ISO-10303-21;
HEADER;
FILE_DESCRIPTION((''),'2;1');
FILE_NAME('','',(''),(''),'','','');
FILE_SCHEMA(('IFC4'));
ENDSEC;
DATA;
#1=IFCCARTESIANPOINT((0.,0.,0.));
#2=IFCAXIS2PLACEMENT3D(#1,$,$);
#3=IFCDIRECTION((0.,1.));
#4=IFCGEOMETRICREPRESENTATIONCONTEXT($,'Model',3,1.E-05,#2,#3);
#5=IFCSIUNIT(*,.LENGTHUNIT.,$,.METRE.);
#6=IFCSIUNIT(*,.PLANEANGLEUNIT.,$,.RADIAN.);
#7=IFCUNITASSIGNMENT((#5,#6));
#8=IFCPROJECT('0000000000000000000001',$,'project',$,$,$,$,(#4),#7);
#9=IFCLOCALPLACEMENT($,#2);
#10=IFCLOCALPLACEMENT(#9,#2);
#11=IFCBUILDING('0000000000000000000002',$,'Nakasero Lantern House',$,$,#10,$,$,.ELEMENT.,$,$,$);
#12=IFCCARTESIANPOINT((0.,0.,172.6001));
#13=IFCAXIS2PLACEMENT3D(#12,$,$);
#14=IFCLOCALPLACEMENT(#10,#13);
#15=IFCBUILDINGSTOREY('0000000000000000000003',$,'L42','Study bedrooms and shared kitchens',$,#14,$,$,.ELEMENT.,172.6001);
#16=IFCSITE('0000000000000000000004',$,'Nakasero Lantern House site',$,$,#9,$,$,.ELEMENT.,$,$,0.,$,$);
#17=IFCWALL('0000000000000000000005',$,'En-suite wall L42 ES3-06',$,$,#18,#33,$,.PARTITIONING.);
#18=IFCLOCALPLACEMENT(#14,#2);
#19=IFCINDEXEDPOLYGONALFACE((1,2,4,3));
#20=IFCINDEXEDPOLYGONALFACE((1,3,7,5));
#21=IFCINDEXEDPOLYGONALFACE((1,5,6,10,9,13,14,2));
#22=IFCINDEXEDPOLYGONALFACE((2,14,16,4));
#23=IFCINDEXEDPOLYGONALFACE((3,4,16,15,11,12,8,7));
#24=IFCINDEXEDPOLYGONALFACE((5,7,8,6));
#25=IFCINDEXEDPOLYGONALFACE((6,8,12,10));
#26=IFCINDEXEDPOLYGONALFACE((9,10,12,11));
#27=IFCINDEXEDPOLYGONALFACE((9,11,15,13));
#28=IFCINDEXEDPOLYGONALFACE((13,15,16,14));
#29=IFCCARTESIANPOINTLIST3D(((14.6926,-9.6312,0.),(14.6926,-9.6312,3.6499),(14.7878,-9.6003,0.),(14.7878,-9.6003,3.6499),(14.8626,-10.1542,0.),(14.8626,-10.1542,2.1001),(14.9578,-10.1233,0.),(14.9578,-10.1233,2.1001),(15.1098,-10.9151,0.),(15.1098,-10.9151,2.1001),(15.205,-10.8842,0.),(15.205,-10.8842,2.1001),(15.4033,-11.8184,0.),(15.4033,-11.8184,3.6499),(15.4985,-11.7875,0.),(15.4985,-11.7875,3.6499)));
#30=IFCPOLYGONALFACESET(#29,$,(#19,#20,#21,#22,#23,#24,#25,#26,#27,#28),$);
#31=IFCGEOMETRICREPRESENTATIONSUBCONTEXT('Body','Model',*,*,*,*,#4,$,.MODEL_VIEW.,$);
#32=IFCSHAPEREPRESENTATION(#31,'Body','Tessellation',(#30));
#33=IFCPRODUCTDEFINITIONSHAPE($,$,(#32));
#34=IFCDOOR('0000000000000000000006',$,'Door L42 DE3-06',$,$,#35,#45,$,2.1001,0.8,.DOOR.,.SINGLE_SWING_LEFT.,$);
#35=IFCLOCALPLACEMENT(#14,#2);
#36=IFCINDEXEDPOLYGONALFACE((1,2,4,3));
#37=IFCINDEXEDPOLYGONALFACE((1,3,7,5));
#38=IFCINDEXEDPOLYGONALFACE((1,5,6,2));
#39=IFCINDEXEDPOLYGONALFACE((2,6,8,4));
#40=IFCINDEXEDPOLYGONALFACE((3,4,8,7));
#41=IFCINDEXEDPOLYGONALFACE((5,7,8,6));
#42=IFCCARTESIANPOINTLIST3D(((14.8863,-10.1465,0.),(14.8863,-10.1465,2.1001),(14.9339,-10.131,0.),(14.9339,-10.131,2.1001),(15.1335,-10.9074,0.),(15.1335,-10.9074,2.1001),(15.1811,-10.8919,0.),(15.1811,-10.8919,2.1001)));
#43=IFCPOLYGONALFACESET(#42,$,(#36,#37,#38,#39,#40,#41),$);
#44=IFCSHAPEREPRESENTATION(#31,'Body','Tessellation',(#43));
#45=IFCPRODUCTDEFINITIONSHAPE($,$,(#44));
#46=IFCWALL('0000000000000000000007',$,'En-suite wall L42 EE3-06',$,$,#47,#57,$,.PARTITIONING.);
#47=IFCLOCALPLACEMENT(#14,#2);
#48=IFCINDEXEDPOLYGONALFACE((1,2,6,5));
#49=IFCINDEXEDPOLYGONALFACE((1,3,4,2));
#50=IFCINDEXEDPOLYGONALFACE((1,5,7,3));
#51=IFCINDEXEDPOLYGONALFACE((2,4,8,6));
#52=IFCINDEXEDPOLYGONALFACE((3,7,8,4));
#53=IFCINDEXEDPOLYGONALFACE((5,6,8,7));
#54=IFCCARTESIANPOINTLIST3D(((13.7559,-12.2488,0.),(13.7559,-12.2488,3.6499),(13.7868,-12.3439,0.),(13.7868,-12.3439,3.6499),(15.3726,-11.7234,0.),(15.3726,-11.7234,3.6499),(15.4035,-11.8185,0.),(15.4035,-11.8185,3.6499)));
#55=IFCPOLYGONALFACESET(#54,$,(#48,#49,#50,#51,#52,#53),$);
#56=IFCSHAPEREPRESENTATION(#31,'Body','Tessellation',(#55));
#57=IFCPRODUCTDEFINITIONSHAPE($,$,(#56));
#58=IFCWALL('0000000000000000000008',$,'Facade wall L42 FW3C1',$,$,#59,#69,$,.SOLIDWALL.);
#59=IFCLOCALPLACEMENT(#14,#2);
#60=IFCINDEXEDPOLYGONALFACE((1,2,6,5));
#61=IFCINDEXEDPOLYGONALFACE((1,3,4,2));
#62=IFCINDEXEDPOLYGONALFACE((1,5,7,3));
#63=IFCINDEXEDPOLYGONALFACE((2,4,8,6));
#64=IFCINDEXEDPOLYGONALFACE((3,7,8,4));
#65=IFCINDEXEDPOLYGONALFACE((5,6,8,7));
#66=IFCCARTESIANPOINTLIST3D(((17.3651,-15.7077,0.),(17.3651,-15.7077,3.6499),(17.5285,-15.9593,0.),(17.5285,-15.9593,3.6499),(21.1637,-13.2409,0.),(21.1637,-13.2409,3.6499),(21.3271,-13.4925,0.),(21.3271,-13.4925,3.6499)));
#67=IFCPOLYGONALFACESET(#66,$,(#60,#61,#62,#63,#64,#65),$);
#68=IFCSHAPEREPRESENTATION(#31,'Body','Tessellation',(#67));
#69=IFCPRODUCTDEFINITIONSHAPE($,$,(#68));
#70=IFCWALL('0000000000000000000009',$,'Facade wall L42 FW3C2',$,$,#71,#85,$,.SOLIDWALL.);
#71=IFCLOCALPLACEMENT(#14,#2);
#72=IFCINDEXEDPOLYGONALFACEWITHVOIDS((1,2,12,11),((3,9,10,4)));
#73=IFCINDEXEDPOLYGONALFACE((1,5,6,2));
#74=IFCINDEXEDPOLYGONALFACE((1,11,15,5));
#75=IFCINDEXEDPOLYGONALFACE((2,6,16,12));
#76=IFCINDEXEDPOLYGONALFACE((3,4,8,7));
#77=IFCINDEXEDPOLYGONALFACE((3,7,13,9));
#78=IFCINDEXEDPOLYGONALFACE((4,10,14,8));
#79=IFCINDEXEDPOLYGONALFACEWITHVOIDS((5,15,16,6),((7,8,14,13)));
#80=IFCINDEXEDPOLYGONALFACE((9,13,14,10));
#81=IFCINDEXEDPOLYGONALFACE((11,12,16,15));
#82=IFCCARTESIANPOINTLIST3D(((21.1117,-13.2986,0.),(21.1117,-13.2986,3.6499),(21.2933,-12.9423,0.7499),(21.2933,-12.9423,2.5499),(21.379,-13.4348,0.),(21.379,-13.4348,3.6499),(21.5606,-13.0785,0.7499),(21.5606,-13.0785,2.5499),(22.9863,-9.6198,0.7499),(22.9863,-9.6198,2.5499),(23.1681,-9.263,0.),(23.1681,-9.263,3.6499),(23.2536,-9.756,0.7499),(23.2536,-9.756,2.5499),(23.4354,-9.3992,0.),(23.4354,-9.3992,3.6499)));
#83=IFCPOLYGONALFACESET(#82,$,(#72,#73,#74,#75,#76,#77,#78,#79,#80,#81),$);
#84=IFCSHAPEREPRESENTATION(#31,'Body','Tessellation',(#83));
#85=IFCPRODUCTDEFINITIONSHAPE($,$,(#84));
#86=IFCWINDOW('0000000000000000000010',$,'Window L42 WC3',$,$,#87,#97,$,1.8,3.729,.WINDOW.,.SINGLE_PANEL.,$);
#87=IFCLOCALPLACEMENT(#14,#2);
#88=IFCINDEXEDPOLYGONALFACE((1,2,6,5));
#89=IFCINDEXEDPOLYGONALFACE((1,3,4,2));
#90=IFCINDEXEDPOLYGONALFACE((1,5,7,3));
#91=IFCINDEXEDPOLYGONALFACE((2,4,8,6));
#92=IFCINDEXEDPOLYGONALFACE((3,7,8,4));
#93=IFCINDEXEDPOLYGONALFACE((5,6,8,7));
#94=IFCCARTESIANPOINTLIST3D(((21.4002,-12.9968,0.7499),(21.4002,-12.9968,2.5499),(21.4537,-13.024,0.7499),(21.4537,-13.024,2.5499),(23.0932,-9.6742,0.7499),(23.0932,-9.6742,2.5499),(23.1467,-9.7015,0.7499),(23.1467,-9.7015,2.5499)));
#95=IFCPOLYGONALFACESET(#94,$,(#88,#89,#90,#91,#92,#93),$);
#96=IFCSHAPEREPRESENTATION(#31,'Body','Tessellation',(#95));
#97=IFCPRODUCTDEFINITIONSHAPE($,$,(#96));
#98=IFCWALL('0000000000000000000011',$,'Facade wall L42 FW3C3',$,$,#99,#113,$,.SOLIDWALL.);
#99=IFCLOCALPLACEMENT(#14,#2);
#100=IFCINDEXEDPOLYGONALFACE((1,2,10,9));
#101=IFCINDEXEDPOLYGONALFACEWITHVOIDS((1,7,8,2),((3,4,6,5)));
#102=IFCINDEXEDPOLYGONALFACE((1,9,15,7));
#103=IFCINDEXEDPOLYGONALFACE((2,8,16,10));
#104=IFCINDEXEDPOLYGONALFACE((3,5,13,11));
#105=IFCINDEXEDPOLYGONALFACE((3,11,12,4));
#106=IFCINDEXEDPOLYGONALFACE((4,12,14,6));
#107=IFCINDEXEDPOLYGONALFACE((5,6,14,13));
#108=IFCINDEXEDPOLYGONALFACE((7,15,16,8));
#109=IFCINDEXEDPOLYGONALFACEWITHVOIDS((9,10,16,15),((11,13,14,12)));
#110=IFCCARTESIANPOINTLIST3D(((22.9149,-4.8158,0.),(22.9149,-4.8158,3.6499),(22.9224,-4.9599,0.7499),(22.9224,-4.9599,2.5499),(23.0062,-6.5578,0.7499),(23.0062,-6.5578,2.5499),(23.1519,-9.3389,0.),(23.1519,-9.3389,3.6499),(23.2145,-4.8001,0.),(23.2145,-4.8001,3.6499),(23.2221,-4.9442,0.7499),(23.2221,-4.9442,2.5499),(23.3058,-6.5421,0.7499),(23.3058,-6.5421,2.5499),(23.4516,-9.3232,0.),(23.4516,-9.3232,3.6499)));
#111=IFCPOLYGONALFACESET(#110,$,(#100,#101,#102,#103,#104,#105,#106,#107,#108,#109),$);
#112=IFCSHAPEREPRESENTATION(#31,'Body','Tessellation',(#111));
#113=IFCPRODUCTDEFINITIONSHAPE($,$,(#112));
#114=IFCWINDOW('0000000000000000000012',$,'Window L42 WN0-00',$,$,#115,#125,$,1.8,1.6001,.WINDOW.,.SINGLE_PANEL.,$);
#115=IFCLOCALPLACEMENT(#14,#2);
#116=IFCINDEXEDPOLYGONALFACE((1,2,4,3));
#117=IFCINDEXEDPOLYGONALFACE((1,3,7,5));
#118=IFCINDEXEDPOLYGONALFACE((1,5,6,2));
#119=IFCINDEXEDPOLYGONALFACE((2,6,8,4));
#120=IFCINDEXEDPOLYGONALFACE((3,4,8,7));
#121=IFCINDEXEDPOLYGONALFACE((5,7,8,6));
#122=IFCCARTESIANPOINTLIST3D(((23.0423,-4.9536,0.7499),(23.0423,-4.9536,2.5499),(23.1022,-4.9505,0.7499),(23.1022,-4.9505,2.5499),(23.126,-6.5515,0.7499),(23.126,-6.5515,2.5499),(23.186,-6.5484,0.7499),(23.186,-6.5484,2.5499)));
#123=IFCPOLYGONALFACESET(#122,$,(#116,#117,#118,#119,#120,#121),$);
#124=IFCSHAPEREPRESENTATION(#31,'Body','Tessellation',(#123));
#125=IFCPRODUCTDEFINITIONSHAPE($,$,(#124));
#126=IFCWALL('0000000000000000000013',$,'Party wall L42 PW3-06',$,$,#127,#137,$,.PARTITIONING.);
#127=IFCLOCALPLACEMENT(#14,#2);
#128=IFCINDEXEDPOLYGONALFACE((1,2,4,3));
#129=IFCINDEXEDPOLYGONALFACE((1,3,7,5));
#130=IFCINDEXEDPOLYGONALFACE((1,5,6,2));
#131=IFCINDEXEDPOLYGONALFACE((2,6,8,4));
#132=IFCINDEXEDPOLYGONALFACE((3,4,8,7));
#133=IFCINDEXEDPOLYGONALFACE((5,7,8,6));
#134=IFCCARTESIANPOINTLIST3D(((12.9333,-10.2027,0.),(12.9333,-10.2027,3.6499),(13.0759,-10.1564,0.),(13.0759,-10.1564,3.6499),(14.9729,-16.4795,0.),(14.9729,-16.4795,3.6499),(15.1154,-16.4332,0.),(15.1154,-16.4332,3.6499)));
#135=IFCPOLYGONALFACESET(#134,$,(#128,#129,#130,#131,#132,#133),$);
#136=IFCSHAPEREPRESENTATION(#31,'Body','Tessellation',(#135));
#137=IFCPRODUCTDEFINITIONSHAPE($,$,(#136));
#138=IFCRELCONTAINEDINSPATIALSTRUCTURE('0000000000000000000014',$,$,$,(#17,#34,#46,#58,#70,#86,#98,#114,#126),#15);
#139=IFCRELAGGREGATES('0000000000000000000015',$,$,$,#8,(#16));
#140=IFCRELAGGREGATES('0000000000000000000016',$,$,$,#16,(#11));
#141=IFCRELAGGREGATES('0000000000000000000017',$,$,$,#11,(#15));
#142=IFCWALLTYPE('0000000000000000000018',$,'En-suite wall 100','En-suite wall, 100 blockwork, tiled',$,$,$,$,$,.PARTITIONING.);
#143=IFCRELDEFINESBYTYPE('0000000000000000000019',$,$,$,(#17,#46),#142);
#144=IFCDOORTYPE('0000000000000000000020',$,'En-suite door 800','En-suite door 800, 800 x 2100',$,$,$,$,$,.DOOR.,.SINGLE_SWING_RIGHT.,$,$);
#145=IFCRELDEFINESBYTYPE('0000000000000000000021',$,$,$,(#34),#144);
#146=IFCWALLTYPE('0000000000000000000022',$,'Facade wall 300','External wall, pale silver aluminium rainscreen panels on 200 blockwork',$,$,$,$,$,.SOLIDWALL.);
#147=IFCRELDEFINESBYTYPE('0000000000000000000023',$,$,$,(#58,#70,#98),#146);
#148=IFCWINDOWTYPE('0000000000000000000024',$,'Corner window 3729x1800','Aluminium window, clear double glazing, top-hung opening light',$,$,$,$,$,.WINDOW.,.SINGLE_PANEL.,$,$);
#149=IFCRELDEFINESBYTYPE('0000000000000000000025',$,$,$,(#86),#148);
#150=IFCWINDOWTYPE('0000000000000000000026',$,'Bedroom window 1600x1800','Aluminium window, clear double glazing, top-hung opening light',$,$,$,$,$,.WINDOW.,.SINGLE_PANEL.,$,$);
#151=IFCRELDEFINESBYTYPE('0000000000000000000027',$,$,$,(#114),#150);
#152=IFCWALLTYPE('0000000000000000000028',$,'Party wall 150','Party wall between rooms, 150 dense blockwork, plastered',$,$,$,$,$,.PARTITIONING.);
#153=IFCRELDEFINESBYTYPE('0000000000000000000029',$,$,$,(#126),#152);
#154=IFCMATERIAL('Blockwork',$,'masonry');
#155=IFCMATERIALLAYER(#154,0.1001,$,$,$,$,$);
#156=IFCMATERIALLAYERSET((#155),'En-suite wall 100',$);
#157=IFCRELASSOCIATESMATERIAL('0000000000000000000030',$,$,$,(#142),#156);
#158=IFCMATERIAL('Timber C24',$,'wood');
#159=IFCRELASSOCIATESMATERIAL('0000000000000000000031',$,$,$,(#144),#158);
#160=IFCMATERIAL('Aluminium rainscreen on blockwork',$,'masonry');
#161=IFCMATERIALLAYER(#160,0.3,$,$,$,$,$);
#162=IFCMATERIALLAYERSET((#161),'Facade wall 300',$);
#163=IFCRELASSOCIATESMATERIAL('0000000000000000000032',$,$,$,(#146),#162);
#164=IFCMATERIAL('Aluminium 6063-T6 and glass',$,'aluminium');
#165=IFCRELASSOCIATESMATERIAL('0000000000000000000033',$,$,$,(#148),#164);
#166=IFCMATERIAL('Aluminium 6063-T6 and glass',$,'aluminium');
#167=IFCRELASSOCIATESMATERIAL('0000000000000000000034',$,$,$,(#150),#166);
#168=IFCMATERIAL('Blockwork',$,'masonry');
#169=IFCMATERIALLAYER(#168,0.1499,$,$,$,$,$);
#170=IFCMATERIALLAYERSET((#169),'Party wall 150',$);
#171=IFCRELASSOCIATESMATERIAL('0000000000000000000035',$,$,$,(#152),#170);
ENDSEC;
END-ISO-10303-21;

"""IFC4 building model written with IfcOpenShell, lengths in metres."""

from ifc_helpers import new_model, si_unit, direction, frame, frame_2d, origin, place, context, subcontext, project, spatial, rectangle, extrude, material, layer, layer_set, type_object, element, fill, save


model = new_model("IFC4")

# Units and contexts
model_context = context("Model", 3, precision=1e-05, world=origin(), true_north=direction((0.0, 1.0)))
body_context = subcontext(model_context, "Body", "Model", "MODEL_VIEW")
ifc_project = project(units=[si_unit("LENGTHUNIT", "METRE"), si_unit("PLANEANGLEUNIT", "RADIAN")], contexts=[model_context])

# Site, building, storey
site_placement = place(None, origin())
site = spatial("IfcSite", under=ifc_project, at=site_placement, Name="Nakasero Lantern House site", CompositionType="ELEMENT", RefElevation=0.0)
building_placement = place(site_placement, origin())
building = spatial("IfcBuilding", under=site, at=building_placement, Name="Nakasero Lantern House", CompositionType="ELEMENT")
storey_placement = place(building_placement, frame((0.0, 0.0, 172.6001)))
storey = spatial("IfcBuildingStorey", under=building, at=storey_placement, Name="L42", Description="Study bedrooms and shared kitchens", CompositionType="ELEMENT", Elevation=172.6001)

# Shared definitions
ifc_material_1 = material(Name="Blockwork", Category="masonry")
ifc_layer_1 = layer(ifc_material_1, 0.1001)
ifc_layer_set_1 = layer_set([ifc_layer_1], Name="En-suite wall 100")
wall_type_1 = type_object("IfcWallType", Name="En-suite wall 100", Description="En-suite wall, 100 blockwork, tiled", PredefinedType="PARTITIONING", material=ifc_layer_set_1)
ifc_material_2 = material(Name="Timber C24", Category="wood")
door_type = type_object("IfcDoorType", Name="En-suite door 800", Description="En-suite door 800, 800 x 2100", OperationType="SINGLE_SWING_RIGHT", PredefinedType="DOOR", material=ifc_material_2)

# Wall, opening, door
wall_1_placement = place(storey_placement, frame((14.7402, -9.6157, 0.0), z_axis=(0.0, 0.0, 1.0), x_axis=(0.309021, -0.951055, 0.0)))
wall_1 = element("IfcWall", 1, at=wall_1_placement, inside=storey, type_object=wall_type_1, Name="En-suite wall L42 ES3-06", PredefinedType="PARTITIONING", context=body_context, shape_type="SweptSolid", body=[
    extrude(rectangle(XDim=2.2998, YDim=0.1001, at=frame_2d((1.1499, 0.0))), origin(), (0.0, 0.0, 1.0), 3.6499),
])
opening_1_placement = place(wall_1_placement, frame((0.55, 0.0, 0.0)))
opening_1 = element("IfcOpeningElement", 2, at=opening_1_placement, cuts=wall_1, PredefinedType="OPENING", context=body_context, shape_type="SweptSolid", body=[
    extrude(rectangle(XDim=0.8, YDim=2.1001, at=frame_2d((0.3999, 1.05))), frame((0.0, 0.0701, 0.0), z_axis=(0.0, -1.0, 0.0), x_axis=(1.0, 0.0, 0.0)), (0.0, 0.0, 1.0), 0.1401),
])
door_1_placement = place(opening_1_placement, origin())
door_1 = element("IfcDoor", 3, at=door_1_placement, inside=storey, type_object=door_type, Name="Door L42 DE3-06", OperationType="SINGLE_SWING_LEFT", OverallHeight=2.1001, OverallWidth=0.8, PredefinedType="DOOR", context=body_context, shape_type="SweptSolid", body=[
    extrude(rectangle(XDim=0.8, YDim=2.1001, at=frame_2d((0.3999, 1.05))), frame((0.0, 0.0249, 0.0), z_axis=(0.0, -1.0, 0.0), x_axis=(1.0, 0.0, 0.0)), (0.0, 0.0, 1.0), 0.05),
])
fill(opening_1, door_1)

# Walls
wall_2_placement = place(storey_placement, frame((13.7712, -12.2964, 0.0), z_axis=(0.0, 0.0, 1.0), x_axis=(0.95104, 0.309067, 0.0)))
element("IfcWall", 4, at=wall_2_placement, inside=storey, type_object=wall_type_1, Name="En-suite wall L42 EE3-06", PredefinedType="PARTITIONING", context=body_context, shape_type="SweptSolid", body=[
    extrude(rectangle(XDim=1.7, YDim=0.1001, at=frame_2d((0.8501, 0.0))), origin(), (0.0, 0.0, 1.0), 3.6499),
])
ifc_material_3 = material(Name="Aluminium rainscreen on blockwork", Category="masonry")
ifc_layer_2 = layer(ifc_material_3, 0.3)
ifc_layer_set_2 = layer_set([ifc_layer_2], Name="Facade wall 300")
wall_type_2 = type_object("IfcWallType", Name="Facade wall 300", Description="External wall, pale silver aluminium rainscreen panels on 200 blockwork", PredefinedType="SOLIDWALL", material=ifc_layer_set_2)
wall_3_placement = place(storey_placement, frame((17.4468, -15.8335, 0.0), z_axis=(0.0, 0.0, 1.0), x_axis=(0.838674, 0.544634, 0.0)))
element("IfcWall", 5, at=wall_3_placement, inside=storey, type_object=wall_type_2, Name="Facade wall L42 FW3C1", PredefinedType="SOLIDWALL", context=body_context, shape_type="SweptSolid", body=[
    extrude(rectangle(XDim=4.5293, YDim=0.3, at=frame_2d((2.2646, 0.0))), origin(), (0.0, 0.0, 1.0), 3.6499),
])

# Walls, openings, windows
wall_4_placement = place(storey_placement, frame((21.2454, -13.3667, 0.0), z_axis=(0.0, 0.0, 1.0), x_axis=(0.454014, 0.890995, 0.0)))
wall_4 = element("IfcWall", 6, at=wall_4_placement, inside=storey, type_object=wall_type_2, Name="Facade wall L42 FW3C2", PredefinedType="SOLIDWALL", context=body_context, shape_type="SweptSolid", body=[
    extrude(rectangle(XDim=4.5293, YDim=0.3, at=frame_2d((2.2646, 0.0))), origin(), (0.0, 0.0, 1.0), 3.6499),
])
opening_2_placement = place(wall_4_placement, frame((0.3999, 0.0, 0.75)))
opening_2 = element("IfcOpeningElement", 7, at=opening_2_placement, cuts=wall_4, PredefinedType="OPENING", context=body_context, shape_type="SweptSolid", body=[
    extrude(rectangle(XDim=3.729, YDim=1.8, at=frame_2d((1.8645, 0.8999))), frame((0.0, 0.1699, 0.0), z_axis=(0.0, -1.0, 0.0), x_axis=(1.0, 0.0, 0.0)), (0.0, 0.0, 1.0), 0.3401),
])
ifc_material_4 = material(Name="Aluminium 6063-T6 and glass", Category="aluminium")
window_type_1 = type_object("IfcWindowType", Name="Corner window 3729x1800", Description="Aluminium window, clear double glazing, top-hung opening light", PartitioningType="SINGLE_PANEL", PredefinedType="WINDOW", material=ifc_material_4)
window_1_placement = place(opening_2_placement, origin())
window_1 = element("IfcWindow", 8, at=window_1_placement, inside=storey, type_object=window_type_1, Name="Window L42 WC3", OverallHeight=1.8, OverallWidth=3.729, PartitioningType="SINGLE_PANEL", PredefinedType="WINDOW", context=body_context, shape_type="SweptSolid", body=[
    extrude(rectangle(XDim=3.729, YDim=1.8, at=frame_2d((1.8645, 0.8999))), frame((0.0, 0.03, 0.0), z_axis=(0.0, -1.0, 0.0), x_axis=(1.0, 0.0, 0.0)), (0.0, 0.0, 1.0), 0.0601),
])
fill(opening_2, window_1)
wall_5_placement = place(storey_placement, frame((23.3018, -9.3311, 0.0), z_axis=(0.0, 0.0, 1.0), x_axis=(-0.052338, 0.998629, 0.0)))
wall_5 = element("IfcWall", 9, at=wall_5_placement, inside=storey, type_object=wall_type_2, Name="Facade wall L42 FW3C3", PredefinedType="SOLIDWALL", context=body_context, shape_type="SweptSolid", body=[
    extrude(rectangle(XDim=4.5293, YDim=0.3, at=frame_2d((2.2646, 0.0))), origin(), (0.0, 0.0, 1.0), 3.6499),
])
opening_3_placement = place(wall_5_placement, frame((2.7849, 0.0, 0.75)))
opening_3 = element("IfcOpeningElement", 10, at=opening_3_placement, cuts=wall_5, PredefinedType="OPENING", context=body_context, shape_type="SweptSolid", body=[
    extrude(rectangle(XDim=1.6001, YDim=1.8, at=frame_2d((0.8, 0.8999))), frame((0.0, 0.1699, 0.0), z_axis=(0.0, -1.0, 0.0), x_axis=(1.0, 0.0, 0.0)), (0.0, 0.0, 1.0), 0.3401),
])
ifc_material_5 = material(Name="Aluminium 6063-T6 and glass", Category="aluminium")
window_type_2 = type_object("IfcWindowType", Name="Bedroom window 1600x1800", Description="Aluminium window, clear double glazing, top-hung opening light", PartitioningType="SINGLE_PANEL", PredefinedType="WINDOW", material=ifc_material_5)
window_2_placement = place(opening_3_placement, origin())
window_2 = element("IfcWindow", 11, at=window_2_placement, inside=storey, type_object=window_type_2, Name="Window L42 WN0-00", OverallHeight=1.8, OverallWidth=1.6001, PartitioningType="SINGLE_PANEL", PredefinedType="WINDOW", context=body_context, shape_type="SweptSolid", body=[
    extrude(rectangle(XDim=1.6001, YDim=1.8, at=frame_2d((0.8, 0.8999))), frame((0.0, 0.03, 0.0), z_axis=(0.0, -1.0, 0.0), x_axis=(1.0, 0.0, 0.0)), (0.0, 0.0, 1.0), 0.0601),
])
fill(opening_3, window_2)

# Wall
ifc_material_6 = material(Name="Blockwork", Category="masonry")
ifc_layer_3 = layer(ifc_material_6, 0.1499)
ifc_layer_set_3 = layer_set([ifc_layer_3], Name="Party wall 150")
wall_type_3 = type_object("IfcWallType", Name="Party wall 150", Description="Party wall between rooms, 150 dense blockwork, plastered", PredefinedType="PARTITIONING", material=ifc_layer_set_3)
wall_6_placement = place(storey_placement, frame((13.0046, -10.1797, 0.0), z_axis=(0.0, 0.0, 1.0), x_axis=(0.309028, -0.951053, 0.0)))
element("IfcWall", 12, at=wall_6_placement, inside=storey, type_object=wall_type_3, Name="Party wall L42 PW3-06", PredefinedType="PARTITIONING", context=body_context, shape_type="SweptSolid", body=[
    extrude(rectangle(XDim=6.5999, YDim=0.1499, at=frame_2d((3.2998, 0.0))), origin(), (0.0, 0.0, 1.0), 3.6499),
])

save(model, "model.ifc")
